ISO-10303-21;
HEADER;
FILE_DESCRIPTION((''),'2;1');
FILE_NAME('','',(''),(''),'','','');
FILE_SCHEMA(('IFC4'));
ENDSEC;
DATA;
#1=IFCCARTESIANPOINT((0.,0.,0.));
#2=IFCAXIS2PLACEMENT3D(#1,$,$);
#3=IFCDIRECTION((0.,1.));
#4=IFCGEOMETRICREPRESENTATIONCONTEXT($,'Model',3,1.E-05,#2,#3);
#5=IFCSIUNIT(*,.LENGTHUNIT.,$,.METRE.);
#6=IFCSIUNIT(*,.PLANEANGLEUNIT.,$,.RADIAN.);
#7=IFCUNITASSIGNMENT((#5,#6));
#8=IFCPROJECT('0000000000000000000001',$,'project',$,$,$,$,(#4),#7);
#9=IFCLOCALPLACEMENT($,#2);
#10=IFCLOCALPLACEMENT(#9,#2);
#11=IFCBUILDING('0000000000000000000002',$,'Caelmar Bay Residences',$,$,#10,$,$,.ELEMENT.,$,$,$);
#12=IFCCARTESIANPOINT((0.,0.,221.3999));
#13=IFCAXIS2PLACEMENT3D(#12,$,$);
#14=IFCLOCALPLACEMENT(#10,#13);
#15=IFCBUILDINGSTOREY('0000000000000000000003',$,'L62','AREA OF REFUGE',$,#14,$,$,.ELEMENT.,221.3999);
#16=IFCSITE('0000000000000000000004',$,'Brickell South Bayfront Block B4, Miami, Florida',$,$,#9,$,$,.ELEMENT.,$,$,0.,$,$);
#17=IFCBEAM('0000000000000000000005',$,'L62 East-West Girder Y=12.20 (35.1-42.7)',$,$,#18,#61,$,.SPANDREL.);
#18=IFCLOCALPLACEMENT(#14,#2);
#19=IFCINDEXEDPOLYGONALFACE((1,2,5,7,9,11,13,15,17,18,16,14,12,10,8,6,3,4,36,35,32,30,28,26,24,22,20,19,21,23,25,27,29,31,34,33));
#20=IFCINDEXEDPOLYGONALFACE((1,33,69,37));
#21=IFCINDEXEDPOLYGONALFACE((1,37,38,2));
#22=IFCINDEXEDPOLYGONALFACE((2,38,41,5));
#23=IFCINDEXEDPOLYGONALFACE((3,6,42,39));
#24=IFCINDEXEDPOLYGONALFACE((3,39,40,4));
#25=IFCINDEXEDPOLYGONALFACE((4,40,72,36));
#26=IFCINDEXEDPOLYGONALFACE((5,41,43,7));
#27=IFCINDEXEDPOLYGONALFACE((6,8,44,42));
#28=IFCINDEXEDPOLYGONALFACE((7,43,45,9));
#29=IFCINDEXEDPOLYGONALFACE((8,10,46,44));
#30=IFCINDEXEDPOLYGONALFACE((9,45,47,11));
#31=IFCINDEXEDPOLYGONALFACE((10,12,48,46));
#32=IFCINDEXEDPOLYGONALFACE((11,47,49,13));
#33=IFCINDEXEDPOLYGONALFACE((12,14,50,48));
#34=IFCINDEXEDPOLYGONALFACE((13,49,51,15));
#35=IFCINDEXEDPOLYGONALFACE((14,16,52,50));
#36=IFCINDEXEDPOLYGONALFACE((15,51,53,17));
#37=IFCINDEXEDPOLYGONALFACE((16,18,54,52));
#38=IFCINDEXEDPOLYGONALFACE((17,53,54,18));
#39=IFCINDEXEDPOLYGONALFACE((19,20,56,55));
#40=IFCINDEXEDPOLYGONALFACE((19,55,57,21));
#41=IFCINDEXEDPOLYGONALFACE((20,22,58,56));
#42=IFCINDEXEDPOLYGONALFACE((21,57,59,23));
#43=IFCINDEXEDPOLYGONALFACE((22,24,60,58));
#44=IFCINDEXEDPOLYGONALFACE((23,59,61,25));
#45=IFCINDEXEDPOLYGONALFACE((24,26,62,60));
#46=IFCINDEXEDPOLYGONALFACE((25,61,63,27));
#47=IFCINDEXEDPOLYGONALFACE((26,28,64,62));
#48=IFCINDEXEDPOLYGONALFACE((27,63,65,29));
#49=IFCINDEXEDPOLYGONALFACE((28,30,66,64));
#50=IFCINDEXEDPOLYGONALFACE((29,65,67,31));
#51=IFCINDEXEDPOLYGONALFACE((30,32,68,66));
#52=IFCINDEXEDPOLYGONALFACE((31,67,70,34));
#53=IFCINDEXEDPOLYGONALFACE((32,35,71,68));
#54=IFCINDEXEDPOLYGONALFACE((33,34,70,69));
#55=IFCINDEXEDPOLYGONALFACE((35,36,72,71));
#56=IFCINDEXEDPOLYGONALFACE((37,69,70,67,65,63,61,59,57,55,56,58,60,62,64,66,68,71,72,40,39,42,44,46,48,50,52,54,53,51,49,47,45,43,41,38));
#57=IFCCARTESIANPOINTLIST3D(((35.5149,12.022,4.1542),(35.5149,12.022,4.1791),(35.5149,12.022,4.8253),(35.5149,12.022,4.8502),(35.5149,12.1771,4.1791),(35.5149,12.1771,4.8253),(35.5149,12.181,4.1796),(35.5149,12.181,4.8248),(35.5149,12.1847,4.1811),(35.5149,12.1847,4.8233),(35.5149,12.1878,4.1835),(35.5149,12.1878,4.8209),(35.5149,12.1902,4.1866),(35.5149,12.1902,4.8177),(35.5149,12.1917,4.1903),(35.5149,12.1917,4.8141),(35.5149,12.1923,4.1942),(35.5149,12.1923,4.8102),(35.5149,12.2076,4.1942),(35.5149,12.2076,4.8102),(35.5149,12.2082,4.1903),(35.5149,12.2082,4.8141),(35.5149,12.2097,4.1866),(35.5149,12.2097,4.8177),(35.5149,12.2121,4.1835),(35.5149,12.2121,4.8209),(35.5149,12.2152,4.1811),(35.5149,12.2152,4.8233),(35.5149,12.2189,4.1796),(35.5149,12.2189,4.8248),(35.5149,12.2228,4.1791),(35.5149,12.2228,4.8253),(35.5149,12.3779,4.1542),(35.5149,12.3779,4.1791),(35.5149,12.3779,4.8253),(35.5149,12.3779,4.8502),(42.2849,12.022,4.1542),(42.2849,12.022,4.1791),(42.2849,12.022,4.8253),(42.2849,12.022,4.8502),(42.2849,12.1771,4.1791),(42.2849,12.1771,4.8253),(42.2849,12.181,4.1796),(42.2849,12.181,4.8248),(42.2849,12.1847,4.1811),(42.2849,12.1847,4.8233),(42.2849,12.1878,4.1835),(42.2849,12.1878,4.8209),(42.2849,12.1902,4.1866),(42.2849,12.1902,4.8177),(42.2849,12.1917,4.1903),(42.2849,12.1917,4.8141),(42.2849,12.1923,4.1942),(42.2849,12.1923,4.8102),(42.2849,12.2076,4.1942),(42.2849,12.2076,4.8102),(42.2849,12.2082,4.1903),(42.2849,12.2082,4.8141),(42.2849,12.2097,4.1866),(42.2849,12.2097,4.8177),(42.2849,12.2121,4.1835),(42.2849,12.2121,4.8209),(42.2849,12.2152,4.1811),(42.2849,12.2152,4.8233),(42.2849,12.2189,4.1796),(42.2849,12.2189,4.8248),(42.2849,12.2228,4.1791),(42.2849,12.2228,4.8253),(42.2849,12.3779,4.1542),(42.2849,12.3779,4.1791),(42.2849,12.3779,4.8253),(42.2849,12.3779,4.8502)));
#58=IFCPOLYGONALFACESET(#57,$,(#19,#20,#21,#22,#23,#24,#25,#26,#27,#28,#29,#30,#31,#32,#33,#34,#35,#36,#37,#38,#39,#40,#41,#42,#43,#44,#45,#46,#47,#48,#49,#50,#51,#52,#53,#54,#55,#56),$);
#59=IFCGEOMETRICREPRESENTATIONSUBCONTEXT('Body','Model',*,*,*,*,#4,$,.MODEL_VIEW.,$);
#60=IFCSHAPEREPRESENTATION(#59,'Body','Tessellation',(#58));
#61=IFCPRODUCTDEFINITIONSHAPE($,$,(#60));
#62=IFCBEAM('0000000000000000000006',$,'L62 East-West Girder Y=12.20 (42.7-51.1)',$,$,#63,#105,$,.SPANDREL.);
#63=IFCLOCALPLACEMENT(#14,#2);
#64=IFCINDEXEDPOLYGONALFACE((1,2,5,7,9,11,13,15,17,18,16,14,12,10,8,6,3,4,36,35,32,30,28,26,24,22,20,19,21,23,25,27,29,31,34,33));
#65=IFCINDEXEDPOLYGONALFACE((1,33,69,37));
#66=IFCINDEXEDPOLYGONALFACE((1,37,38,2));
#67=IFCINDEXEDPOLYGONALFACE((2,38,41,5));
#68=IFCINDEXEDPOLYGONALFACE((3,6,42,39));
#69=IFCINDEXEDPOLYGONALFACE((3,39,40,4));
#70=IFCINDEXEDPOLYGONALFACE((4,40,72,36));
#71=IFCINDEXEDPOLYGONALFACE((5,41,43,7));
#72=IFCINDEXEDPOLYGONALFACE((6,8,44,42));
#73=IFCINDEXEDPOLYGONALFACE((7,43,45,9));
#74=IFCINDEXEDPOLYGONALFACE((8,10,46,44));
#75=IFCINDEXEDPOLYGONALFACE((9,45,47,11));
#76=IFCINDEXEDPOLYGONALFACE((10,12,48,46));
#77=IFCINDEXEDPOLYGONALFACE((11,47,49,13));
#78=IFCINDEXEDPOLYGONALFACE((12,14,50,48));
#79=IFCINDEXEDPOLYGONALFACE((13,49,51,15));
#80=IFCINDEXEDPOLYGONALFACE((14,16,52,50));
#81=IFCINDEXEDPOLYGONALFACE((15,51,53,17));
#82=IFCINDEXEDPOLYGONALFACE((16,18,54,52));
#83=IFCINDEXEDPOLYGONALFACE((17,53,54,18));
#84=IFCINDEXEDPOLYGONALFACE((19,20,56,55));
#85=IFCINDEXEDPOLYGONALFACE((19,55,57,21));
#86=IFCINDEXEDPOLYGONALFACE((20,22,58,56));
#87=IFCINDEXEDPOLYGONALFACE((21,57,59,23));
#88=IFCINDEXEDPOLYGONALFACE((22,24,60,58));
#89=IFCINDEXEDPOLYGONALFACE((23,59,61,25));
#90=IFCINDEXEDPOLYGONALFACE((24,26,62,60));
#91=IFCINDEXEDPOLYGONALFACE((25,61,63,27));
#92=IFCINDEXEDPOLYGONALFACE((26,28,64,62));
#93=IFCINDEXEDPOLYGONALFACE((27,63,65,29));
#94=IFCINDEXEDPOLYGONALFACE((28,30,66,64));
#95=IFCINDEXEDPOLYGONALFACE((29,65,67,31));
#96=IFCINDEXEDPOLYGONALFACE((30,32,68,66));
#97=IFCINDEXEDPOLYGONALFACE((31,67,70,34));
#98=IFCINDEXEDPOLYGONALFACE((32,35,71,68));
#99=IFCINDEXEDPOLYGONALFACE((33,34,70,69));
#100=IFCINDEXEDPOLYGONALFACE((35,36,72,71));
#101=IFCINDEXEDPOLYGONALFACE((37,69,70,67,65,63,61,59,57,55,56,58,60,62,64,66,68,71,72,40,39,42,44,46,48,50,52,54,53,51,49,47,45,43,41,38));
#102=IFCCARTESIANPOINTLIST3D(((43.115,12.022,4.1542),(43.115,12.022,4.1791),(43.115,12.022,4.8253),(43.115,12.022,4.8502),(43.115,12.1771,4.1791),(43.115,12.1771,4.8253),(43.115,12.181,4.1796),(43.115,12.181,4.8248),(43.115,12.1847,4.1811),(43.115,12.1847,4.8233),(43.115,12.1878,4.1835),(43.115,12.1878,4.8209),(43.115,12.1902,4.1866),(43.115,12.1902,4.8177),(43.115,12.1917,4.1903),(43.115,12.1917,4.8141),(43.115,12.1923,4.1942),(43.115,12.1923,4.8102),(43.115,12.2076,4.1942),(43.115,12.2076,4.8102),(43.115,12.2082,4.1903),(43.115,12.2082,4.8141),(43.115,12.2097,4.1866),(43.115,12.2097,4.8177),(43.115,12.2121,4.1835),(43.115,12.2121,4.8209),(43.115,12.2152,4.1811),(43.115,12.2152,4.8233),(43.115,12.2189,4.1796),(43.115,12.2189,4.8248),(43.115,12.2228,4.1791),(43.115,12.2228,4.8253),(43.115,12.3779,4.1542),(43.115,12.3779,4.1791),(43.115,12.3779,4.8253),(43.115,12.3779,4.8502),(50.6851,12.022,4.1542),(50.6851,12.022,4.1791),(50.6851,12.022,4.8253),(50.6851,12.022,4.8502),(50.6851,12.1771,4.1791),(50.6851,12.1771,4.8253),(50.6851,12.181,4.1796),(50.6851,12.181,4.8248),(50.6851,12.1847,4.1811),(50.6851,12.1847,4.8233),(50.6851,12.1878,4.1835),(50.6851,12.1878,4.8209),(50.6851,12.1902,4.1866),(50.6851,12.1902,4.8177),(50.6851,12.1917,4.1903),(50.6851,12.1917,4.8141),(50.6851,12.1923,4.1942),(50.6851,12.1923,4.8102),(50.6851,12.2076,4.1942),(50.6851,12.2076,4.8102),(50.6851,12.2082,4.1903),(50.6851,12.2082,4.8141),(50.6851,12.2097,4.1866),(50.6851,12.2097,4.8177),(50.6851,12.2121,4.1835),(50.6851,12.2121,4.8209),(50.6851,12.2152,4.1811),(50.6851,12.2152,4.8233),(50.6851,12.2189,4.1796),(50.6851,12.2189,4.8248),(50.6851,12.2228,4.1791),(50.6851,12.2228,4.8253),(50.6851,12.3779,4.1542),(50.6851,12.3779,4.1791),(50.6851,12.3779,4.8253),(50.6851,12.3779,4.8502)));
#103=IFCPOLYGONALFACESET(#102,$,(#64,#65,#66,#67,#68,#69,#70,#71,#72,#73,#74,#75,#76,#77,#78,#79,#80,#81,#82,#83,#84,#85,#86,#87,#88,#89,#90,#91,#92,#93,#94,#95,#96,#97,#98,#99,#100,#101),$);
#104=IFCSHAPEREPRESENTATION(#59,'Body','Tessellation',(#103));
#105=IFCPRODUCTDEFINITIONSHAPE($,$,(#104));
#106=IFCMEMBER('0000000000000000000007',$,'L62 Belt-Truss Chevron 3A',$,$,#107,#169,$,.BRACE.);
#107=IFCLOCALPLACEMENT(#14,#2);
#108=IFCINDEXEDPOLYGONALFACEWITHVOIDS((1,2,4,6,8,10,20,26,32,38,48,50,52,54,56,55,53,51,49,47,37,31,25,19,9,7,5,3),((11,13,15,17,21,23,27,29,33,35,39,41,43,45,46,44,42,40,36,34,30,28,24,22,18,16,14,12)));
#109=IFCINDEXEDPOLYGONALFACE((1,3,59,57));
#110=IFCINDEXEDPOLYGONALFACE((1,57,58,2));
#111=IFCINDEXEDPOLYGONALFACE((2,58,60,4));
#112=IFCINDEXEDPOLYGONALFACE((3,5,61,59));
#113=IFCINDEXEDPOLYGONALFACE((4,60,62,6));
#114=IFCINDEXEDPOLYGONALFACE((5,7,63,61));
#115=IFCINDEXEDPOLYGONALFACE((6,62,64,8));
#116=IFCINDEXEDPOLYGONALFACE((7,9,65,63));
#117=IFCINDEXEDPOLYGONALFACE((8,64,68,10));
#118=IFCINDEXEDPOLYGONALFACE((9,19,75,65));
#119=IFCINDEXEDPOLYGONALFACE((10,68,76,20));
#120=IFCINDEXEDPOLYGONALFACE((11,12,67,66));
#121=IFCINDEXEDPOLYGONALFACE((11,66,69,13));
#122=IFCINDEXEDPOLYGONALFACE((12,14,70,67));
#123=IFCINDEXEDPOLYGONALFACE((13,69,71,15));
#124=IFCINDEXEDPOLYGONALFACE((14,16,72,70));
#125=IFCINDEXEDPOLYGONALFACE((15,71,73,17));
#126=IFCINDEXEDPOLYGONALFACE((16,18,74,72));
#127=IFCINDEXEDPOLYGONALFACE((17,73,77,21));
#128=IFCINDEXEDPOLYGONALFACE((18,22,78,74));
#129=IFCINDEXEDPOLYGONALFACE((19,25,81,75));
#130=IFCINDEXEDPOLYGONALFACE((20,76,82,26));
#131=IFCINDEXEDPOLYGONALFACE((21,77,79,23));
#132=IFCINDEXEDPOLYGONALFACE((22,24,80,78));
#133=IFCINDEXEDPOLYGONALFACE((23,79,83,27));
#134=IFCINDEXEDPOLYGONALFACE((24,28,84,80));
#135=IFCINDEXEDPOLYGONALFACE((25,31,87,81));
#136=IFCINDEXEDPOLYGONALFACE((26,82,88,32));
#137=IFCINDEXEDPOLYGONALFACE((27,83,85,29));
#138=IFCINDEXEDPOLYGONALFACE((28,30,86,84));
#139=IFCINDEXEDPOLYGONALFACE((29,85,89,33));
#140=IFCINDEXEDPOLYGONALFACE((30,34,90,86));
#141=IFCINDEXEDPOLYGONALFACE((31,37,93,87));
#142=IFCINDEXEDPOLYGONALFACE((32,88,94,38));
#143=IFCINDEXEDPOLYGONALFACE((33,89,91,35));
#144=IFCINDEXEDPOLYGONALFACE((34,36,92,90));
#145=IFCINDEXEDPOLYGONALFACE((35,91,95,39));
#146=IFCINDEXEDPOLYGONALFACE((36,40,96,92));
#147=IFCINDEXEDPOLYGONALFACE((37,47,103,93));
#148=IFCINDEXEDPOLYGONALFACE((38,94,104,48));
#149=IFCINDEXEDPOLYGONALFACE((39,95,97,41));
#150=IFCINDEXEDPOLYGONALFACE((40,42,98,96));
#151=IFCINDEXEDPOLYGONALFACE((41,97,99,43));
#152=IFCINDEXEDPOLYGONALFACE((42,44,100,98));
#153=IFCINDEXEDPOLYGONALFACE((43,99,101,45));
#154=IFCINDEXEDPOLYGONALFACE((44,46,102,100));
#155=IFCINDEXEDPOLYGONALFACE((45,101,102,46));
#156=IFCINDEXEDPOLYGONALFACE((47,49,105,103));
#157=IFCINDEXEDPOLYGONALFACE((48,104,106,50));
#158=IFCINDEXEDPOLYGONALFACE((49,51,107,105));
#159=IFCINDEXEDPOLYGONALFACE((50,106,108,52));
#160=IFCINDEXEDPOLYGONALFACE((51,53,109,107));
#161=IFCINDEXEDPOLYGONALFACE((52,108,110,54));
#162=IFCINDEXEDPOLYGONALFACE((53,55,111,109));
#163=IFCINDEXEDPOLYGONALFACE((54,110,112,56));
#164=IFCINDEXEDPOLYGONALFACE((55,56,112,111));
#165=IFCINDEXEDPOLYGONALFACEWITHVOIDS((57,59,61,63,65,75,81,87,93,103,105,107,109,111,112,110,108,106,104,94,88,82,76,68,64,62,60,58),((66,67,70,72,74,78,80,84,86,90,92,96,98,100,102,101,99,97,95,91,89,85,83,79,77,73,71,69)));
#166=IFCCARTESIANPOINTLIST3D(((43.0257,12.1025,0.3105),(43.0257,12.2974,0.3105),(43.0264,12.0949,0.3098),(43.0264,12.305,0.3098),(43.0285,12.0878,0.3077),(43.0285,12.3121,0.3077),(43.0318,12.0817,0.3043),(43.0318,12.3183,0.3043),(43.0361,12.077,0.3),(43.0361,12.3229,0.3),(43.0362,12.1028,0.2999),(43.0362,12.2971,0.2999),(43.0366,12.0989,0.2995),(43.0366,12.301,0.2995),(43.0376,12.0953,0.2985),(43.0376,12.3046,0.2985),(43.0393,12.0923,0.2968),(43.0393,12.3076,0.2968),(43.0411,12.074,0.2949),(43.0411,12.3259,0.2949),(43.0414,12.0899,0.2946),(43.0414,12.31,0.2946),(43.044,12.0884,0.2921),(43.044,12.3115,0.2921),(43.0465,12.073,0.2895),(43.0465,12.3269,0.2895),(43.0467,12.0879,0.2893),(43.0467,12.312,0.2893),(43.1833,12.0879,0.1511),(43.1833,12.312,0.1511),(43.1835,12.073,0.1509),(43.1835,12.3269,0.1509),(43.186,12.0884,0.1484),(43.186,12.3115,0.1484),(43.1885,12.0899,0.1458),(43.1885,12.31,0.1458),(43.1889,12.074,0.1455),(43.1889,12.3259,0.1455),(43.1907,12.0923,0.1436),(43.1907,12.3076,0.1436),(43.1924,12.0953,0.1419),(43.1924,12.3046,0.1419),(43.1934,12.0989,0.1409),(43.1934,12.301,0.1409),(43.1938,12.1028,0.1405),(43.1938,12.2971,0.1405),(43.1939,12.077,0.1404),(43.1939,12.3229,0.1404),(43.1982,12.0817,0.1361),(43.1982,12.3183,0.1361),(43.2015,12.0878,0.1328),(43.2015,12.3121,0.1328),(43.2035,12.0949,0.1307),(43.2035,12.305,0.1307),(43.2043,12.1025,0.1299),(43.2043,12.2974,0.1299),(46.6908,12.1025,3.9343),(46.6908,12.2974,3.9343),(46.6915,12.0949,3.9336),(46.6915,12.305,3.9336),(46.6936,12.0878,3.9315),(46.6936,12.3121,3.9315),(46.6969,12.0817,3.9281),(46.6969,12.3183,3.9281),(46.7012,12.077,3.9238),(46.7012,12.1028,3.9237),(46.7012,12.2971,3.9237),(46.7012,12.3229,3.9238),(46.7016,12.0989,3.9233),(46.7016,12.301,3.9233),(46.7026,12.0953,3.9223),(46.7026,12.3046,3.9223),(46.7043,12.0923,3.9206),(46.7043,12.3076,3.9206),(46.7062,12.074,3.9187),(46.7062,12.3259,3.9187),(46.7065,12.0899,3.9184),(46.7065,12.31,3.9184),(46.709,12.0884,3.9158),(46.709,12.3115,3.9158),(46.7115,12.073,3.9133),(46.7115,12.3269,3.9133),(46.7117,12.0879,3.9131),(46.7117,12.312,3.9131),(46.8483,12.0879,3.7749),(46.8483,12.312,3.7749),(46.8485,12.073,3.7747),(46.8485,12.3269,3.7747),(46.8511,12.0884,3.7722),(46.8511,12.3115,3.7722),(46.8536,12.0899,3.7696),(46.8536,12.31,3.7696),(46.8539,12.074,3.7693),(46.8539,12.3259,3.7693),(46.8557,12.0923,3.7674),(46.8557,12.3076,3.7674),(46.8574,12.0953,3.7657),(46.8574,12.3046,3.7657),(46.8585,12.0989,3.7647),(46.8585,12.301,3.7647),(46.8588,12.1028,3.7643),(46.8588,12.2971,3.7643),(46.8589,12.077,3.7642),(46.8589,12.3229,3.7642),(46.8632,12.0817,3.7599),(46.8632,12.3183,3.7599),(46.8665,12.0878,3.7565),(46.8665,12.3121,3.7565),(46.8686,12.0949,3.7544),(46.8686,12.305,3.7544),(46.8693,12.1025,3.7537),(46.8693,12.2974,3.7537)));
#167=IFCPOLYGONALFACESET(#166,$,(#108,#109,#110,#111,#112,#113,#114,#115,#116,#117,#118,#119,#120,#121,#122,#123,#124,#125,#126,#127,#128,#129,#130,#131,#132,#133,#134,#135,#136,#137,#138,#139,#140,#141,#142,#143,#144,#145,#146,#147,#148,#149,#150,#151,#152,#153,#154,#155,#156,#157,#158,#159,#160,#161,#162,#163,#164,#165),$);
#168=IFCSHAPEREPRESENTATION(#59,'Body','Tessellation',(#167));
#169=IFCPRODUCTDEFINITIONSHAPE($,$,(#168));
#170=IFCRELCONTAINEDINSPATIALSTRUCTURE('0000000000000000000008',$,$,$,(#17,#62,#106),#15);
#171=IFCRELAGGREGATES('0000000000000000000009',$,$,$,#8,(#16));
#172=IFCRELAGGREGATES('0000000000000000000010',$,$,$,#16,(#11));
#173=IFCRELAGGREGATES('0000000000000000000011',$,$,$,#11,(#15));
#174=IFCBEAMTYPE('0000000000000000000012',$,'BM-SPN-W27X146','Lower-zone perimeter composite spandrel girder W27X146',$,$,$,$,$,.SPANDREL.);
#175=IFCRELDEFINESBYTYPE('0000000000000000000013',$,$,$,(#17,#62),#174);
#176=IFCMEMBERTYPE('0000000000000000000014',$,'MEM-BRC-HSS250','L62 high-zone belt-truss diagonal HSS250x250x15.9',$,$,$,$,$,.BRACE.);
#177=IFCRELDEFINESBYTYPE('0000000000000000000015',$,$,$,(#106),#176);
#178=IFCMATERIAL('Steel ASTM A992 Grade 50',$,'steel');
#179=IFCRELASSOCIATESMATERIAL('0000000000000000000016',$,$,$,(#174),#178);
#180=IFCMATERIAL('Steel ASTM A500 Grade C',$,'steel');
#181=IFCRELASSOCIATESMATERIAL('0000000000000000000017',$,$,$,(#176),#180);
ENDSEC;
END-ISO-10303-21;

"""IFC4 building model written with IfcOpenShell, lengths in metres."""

from ifc_helpers import new_model, si_unit, direction, frame, origin, origin_2d, place, context, subcontext, project, spatial, hollow_rectangle, i_section, extrude, material, material_profile, profile_set, type_object, element, save


model = new_model("IFC4")

# Units and contexts
model_context = context("Model", 3, precision=1e-05, world=origin(), true_north=direction((0.0, 1.0)))
body_context = subcontext(model_context, "Body", "Model", "MODEL_VIEW")
ifc_project = project(units=[si_unit("LENGTHUNIT", "METRE"), si_unit("PLANEANGLEUNIT", "RADIAN")], contexts=[model_context])

# Site, building, storey
site_placement = place(None, origin())
site = spatial("IfcSite", under=ifc_project, at=site_placement, Name="Brickell South Bayfront Block B4, Miami, Florida", CompositionType="ELEMENT", RefElevation=0.0)
building_placement = place(site_placement, origin())
building = spatial("IfcBuilding", under=site, at=building_placement, Name="Caelmar Bay Residences", CompositionType="ELEMENT")
storey_placement = place(building_placement, frame((0.0, 0.0, 221.3999)))
storey = spatial("IfcBuildingStorey", under=building, at=storey_placement, Name="L62", Description="AREA OF REFUGE", CompositionType="ELEMENT", Elevation=221.3999)

# Beams
ifc_material_1 = material(Name="Steel ASTM A992 Grade 50", Category="steel")
ifc_material_profile_1 = material_profile(ifc_material_1, i_section(OverallWidth=0.356, OverallDepth=0.696, WebThickness=0.0154, FlangeThickness=0.0249, FilletRadius=0.0151, at=origin_2d()), Name="W27X146")
ifc_profile_set_1 = profile_set([ifc_material_profile_1], Name="Steel ASTM A992 Grade 50")
beam_type_1 = type_object("IfcBeamType", Name="BM-SPN-W27X146", Description="Lower-zone perimeter composite spandrel girder W27X146", PredefinedType="SPANDREL", material=ifc_profile_set_1)
beam_1_placement = place(storey_placement, frame((35.5149, 12.2, 4.5022), z_axis=(1.0, 0.0, 0.0), x_axis=(0.0, 1.0, 0.0)))
element("IfcBeam", 1, at=beam_1_placement, inside=storey, type_object=beam_type_1, Name="L62 East-West Girder Y=12.20 (35.1-42.7)", PredefinedType="SPANDREL", context=body_context, shape_type="SweptSolid", body=[
    extrude(i_section(OverallWidth=0.356, OverallDepth=0.696, WebThickness=0.0154, FlangeThickness=0.0249, FilletRadius=0.0151, at=origin_2d()), origin(), (0.0, 0.0, 1.0), 6.77),
])
beam_2_placement = place(storey_placement, frame((43.115, 12.2, 4.5022), z_axis=(1.0, 0.0, 0.0), x_axis=(0.0, 1.0, 0.0)))
element("IfcBeam", 2, at=beam_2_placement, inside=storey, type_object=beam_type_1, Name="L62 East-West Girder Y=12.20 (42.7-51.1)", PredefinedType="SPANDREL", context=body_context, shape_type="SweptSolid", body=[
    extrude(i_section(OverallWidth=0.356, OverallDepth=0.696, WebThickness=0.0154, FlangeThickness=0.0249, FilletRadius=0.0151, at=origin_2d()), origin(), (0.0, 0.0, 1.0), 7.5701),
])

# Member
ifc_material_2 = material(Name="Steel ASTM A500 Grade C", Category="steel")
ifc_material_profile_2 = material_profile(ifc_material_2, hollow_rectangle(XDim=0.2539, YDim=0.2539, WallThickness=0.0149, InnerFilletRadius=0.0149, OuterFilletRadius=0.0295, at=origin_2d()), Name="HSS250X250X15.9")
ifc_profile_set_2 = profile_set([ifc_material_profile_2], Name="Steel ASTM A500 Grade C")
member_type_1 = type_object("IfcMemberType", Name="MEM-BRC-HSS250", Description="L62 high-zone belt-truss diagonal HSS250x250x15.9", PredefinedType="BRACE", material=ifc_profile_set_2)
member_1_placement = place(storey_placement, frame((43.115, 12.2, 0.2202), z_axis=(0.711098, 0.0, 0.703093), x_axis=(0.0, 1.0, 0.0)))
element("IfcMember", 3, at=member_1_placement, inside=storey, type_object=member_type_1, Name="L62 Belt-Truss Chevron 3A", PredefinedType="BRACE", context=body_context, shape_type="SweptSolid", body=[
    extrude(hollow_rectangle(XDim=0.2539, YDim=0.2539, WallThickness=0.0149, InnerFilletRadius=0.0149, OuterFilletRadius=0.0295, at=origin_2d()), origin(), (0.0, 0.0, 1.0), 5.1541),
])

save(model, "model.ifc")
